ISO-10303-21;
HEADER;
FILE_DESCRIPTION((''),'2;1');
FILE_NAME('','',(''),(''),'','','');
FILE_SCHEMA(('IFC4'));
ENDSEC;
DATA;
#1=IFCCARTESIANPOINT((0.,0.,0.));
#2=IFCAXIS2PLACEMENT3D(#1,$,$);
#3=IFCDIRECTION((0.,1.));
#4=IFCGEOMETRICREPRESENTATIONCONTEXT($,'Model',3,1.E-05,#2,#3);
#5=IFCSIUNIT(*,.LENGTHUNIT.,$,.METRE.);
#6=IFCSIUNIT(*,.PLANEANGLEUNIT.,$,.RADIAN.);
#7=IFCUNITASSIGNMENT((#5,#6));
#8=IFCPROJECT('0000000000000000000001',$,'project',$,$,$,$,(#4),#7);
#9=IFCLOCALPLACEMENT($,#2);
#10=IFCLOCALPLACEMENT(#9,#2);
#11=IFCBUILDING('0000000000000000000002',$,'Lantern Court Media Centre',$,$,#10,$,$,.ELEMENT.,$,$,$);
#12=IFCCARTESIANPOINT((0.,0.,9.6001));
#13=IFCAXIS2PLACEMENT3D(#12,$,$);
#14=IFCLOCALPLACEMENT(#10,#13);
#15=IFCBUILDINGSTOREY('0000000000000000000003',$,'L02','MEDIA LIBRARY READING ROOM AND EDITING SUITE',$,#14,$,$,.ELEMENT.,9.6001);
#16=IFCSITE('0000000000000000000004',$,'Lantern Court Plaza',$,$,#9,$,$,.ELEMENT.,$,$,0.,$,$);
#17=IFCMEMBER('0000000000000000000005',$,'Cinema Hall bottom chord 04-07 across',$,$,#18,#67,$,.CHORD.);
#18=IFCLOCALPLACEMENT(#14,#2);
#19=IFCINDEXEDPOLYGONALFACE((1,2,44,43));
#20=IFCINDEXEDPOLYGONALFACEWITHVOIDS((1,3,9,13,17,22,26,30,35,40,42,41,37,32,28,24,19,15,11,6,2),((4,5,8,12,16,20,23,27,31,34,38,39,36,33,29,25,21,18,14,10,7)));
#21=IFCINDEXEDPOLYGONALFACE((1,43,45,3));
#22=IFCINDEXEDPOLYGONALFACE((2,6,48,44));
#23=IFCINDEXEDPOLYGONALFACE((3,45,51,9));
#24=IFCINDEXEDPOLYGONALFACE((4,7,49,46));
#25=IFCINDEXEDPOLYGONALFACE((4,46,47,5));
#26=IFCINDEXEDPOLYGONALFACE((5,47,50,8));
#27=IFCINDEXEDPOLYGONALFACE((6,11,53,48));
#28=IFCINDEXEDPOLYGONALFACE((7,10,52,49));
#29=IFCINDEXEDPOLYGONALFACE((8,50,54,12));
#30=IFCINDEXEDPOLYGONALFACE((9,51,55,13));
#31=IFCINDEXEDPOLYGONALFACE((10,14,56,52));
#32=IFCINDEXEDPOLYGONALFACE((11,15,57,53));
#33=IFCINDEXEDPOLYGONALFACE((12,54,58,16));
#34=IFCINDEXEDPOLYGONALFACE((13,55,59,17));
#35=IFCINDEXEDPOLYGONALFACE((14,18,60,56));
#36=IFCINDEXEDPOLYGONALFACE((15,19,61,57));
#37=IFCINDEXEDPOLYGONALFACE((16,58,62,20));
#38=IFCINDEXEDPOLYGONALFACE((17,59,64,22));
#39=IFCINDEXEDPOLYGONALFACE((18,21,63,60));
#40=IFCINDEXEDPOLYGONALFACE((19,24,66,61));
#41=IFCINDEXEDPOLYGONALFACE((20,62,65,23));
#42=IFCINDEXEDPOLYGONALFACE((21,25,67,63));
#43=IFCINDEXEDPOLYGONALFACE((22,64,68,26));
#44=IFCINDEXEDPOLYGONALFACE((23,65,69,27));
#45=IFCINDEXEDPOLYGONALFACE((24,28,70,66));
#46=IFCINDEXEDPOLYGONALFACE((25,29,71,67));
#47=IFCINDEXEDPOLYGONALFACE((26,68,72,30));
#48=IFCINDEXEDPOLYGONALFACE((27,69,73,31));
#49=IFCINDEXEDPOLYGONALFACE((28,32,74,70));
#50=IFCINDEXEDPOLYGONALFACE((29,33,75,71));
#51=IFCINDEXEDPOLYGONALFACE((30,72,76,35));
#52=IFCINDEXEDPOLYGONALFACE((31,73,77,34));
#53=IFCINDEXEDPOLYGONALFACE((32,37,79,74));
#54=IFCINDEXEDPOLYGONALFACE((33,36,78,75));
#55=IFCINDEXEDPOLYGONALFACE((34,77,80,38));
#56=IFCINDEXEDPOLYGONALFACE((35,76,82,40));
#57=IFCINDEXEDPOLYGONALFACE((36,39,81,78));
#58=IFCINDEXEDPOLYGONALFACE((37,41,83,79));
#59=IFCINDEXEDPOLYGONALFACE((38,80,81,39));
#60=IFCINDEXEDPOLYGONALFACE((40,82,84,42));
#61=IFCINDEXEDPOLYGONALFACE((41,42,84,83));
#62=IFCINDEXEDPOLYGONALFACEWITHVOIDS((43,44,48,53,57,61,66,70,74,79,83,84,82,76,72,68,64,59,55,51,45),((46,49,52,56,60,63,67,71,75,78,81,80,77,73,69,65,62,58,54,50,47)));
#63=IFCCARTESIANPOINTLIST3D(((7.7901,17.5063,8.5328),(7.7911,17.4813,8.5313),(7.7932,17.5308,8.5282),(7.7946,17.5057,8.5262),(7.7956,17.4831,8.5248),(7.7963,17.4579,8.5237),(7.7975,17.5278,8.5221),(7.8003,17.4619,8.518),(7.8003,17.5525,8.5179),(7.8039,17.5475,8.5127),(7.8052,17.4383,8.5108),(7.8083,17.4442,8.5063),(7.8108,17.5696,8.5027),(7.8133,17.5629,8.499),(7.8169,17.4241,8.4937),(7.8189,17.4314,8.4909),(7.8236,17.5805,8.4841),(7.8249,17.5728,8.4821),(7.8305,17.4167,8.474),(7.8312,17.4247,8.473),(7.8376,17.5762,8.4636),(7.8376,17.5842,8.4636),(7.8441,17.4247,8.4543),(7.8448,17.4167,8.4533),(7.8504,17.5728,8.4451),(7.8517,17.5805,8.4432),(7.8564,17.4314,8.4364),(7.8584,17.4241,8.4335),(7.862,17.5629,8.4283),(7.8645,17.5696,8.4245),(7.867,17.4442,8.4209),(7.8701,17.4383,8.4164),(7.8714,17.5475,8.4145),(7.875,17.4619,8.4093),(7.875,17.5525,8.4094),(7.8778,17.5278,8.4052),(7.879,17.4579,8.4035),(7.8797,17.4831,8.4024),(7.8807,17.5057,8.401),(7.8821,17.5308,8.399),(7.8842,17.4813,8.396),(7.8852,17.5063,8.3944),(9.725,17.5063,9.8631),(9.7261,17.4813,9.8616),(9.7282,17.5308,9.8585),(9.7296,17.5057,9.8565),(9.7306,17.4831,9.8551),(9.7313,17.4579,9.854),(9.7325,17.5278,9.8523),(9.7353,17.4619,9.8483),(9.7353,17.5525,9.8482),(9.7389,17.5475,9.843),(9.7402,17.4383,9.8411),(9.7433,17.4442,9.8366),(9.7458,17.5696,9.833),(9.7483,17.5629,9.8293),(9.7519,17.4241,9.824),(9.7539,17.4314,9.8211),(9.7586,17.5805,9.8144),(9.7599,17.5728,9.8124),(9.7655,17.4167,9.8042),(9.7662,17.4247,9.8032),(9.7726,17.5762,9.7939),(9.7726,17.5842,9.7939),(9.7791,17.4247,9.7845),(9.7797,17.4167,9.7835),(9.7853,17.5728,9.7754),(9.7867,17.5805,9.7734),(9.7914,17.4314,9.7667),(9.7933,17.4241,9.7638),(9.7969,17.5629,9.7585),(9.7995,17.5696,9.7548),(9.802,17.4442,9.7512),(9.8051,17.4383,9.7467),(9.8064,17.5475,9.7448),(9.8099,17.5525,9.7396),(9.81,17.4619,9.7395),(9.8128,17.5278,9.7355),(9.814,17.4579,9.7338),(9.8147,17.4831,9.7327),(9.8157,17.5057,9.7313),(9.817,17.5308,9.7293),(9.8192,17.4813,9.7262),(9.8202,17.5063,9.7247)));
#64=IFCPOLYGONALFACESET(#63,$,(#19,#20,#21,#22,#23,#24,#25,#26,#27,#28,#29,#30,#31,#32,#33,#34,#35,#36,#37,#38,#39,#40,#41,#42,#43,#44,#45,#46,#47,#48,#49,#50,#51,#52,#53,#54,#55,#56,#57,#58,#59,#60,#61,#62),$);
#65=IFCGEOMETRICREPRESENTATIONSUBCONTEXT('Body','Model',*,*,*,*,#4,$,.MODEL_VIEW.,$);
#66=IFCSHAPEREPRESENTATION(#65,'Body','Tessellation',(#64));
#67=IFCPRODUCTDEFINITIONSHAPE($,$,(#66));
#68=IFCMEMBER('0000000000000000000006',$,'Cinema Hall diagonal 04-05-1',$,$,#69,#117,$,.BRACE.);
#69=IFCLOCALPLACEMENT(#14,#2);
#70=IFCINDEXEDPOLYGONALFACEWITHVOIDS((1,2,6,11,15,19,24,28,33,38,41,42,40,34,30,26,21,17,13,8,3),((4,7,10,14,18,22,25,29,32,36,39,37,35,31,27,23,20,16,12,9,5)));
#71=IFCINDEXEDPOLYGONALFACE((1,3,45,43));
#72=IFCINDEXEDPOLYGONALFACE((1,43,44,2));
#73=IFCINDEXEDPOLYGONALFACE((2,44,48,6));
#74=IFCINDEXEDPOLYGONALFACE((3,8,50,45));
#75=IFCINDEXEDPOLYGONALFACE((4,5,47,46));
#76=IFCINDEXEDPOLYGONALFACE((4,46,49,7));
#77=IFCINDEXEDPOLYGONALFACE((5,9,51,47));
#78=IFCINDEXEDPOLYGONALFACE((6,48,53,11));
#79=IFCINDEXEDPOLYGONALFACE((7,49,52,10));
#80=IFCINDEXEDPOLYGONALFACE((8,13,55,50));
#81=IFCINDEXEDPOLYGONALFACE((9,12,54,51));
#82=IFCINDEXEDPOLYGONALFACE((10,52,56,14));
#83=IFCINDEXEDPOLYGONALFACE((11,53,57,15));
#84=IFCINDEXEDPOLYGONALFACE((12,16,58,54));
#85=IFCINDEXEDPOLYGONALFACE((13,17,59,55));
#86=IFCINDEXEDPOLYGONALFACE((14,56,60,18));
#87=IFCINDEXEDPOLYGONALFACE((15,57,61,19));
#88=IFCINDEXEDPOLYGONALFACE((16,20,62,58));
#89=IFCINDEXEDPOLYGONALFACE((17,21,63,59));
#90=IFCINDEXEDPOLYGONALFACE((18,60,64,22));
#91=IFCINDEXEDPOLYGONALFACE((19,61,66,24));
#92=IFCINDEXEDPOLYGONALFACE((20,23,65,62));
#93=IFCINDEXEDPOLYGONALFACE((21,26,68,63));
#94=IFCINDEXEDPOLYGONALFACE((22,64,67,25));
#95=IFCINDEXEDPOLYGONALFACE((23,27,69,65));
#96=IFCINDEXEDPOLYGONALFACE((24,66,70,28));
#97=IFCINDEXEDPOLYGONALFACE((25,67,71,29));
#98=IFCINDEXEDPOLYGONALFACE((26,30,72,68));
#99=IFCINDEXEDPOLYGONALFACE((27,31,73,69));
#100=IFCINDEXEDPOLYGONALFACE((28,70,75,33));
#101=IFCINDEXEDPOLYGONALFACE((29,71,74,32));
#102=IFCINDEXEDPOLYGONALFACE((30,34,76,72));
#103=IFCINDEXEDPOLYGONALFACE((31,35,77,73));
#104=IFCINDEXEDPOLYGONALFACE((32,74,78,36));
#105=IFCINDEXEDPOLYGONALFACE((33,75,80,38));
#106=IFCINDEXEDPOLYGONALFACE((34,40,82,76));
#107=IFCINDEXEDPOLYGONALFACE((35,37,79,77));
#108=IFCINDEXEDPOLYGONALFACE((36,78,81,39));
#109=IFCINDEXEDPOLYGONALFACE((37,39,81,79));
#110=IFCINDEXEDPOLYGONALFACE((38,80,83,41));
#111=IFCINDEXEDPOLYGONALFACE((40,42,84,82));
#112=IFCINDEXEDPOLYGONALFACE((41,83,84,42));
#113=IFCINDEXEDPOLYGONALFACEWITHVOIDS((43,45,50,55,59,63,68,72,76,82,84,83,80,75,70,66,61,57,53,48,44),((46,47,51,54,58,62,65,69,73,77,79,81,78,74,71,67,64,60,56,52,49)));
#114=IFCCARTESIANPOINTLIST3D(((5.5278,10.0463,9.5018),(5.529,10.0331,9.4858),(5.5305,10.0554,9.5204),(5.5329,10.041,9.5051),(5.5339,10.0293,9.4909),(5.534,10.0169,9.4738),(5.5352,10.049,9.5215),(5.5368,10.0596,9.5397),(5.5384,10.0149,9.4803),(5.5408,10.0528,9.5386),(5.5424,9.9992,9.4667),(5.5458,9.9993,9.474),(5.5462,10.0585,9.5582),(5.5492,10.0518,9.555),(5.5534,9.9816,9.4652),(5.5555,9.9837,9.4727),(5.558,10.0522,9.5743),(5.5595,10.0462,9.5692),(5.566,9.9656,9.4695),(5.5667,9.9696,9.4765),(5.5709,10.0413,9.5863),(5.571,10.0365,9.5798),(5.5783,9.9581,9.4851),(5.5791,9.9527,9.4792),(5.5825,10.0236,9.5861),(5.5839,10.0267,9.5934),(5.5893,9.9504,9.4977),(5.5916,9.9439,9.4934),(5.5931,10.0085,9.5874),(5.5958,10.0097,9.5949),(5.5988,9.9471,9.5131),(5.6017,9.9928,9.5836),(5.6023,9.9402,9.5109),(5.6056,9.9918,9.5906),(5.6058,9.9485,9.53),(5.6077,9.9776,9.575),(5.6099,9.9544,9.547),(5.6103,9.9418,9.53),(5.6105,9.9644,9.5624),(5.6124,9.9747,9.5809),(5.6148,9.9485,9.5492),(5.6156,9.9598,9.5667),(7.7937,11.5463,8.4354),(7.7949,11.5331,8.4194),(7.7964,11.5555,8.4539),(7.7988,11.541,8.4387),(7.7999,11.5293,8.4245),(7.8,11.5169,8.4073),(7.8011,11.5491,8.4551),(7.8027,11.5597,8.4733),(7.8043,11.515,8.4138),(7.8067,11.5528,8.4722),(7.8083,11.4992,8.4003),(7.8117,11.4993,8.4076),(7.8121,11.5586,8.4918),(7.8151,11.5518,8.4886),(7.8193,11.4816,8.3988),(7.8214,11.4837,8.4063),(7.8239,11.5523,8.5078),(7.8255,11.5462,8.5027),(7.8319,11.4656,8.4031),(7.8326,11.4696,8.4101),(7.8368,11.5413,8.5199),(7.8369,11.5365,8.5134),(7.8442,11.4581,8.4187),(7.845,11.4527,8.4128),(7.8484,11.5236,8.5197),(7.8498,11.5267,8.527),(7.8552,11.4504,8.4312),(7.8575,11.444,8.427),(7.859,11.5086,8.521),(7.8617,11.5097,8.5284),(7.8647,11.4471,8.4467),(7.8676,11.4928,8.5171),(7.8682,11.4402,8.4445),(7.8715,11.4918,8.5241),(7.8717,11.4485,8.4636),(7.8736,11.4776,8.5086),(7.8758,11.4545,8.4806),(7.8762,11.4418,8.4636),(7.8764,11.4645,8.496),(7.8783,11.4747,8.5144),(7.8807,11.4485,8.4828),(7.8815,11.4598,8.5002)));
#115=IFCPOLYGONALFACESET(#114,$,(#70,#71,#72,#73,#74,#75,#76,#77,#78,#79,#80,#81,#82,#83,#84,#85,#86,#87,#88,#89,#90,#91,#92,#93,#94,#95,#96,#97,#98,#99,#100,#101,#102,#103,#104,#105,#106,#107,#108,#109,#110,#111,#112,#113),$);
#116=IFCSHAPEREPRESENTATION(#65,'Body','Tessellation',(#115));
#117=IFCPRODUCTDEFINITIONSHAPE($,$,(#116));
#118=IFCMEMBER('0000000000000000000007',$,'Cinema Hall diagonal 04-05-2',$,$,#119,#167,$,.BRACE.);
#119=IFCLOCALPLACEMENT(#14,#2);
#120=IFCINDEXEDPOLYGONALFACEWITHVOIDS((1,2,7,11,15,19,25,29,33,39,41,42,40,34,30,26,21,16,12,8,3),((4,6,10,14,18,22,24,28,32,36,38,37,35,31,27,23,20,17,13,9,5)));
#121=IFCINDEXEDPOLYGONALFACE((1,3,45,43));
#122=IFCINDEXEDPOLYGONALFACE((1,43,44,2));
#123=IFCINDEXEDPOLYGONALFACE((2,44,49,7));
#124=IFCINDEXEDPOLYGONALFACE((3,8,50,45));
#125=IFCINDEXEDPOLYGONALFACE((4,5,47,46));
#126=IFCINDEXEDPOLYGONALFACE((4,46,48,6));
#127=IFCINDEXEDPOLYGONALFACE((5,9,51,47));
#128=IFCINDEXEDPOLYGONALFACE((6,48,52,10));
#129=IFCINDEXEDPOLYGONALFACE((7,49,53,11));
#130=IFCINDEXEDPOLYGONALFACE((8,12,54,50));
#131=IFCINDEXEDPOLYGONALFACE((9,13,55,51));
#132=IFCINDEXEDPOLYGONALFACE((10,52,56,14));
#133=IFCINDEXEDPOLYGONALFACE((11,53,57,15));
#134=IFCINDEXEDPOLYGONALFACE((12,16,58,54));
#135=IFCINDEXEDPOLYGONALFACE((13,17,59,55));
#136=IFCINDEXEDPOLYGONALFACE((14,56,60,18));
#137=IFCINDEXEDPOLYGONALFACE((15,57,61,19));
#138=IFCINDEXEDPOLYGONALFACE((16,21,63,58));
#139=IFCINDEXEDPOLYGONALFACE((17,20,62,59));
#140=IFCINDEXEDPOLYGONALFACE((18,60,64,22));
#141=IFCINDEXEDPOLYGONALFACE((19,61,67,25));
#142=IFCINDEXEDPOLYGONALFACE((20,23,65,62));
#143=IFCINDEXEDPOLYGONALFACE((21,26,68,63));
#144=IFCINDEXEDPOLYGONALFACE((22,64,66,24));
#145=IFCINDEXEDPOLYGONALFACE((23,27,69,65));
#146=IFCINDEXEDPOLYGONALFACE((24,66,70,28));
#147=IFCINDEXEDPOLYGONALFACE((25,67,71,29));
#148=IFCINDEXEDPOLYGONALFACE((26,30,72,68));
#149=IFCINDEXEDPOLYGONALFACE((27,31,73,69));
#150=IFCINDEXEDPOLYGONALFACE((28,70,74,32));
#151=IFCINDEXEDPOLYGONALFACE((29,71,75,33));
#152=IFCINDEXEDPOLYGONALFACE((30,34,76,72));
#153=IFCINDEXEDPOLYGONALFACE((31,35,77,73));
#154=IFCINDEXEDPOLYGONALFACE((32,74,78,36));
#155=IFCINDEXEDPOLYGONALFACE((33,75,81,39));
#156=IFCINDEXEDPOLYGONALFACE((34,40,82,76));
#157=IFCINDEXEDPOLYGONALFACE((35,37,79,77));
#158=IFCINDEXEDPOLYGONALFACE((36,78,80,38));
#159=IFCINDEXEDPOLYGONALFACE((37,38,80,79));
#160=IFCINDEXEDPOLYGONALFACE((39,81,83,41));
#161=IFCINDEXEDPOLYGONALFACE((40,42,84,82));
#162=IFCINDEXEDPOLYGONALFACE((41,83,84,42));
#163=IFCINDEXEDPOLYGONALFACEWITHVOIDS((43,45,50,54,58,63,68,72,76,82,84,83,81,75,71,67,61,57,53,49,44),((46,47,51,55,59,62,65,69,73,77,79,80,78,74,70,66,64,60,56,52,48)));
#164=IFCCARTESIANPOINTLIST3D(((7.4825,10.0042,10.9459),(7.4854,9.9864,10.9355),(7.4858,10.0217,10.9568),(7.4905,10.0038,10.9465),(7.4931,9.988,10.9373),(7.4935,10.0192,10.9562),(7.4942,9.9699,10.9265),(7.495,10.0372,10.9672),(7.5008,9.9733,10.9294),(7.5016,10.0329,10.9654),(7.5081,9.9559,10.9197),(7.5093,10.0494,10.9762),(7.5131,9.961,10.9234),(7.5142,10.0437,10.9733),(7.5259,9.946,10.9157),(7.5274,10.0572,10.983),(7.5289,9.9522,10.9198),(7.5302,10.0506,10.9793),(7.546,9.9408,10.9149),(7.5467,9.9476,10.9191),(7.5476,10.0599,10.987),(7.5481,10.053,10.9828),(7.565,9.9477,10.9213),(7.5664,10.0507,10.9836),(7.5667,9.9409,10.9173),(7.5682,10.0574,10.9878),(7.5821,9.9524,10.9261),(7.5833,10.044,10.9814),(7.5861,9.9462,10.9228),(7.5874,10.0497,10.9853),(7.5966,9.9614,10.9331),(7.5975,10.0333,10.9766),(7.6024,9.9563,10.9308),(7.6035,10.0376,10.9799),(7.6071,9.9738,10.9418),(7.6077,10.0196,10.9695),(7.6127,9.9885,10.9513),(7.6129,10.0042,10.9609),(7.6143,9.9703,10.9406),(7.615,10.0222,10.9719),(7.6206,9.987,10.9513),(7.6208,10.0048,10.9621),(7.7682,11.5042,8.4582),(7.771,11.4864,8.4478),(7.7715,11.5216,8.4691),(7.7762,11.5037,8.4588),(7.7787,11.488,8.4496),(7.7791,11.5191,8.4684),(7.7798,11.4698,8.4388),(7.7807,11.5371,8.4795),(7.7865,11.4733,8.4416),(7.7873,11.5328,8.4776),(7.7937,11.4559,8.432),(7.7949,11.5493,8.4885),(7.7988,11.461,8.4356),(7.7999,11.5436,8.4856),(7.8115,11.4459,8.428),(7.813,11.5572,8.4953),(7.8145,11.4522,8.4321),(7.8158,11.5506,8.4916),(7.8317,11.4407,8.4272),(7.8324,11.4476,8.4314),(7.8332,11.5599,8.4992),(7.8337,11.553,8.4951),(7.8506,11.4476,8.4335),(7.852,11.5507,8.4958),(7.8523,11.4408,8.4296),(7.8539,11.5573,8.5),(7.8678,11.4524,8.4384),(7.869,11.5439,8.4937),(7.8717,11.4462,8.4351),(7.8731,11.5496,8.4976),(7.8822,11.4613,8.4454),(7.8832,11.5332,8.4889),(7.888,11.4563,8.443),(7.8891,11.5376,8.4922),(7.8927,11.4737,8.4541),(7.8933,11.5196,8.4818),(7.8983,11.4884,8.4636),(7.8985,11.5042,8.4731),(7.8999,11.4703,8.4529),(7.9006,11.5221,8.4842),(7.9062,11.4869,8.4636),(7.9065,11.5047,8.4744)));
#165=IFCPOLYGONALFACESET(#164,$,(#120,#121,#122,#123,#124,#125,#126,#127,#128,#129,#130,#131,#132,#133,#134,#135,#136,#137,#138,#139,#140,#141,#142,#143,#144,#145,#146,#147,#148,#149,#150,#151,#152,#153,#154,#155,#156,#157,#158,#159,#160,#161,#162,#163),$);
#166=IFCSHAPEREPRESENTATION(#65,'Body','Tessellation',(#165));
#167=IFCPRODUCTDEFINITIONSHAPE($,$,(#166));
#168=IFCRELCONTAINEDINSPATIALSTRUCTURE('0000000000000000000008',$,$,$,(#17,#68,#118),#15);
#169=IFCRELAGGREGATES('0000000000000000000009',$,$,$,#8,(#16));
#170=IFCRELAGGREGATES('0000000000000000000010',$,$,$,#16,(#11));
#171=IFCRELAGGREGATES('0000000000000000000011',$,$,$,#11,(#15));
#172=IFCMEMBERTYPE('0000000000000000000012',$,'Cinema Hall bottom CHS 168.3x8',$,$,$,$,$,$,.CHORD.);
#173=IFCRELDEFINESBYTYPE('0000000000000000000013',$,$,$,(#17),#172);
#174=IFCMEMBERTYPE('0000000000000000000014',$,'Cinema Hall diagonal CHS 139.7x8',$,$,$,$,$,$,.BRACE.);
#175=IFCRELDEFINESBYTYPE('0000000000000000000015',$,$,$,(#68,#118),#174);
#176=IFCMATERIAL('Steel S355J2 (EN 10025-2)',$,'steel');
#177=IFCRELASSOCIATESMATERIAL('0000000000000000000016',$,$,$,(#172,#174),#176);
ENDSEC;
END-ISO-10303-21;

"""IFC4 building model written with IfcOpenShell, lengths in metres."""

from ifc_helpers import new_model, si_unit, direction, frame, origin, origin_2d, place, context, subcontext, project, spatial, hollow_circle, extrude, material, material_profile, profile_set, type_object, element, save


model = new_model("IFC4")

# Units and contexts
model_context = context("Model", 3, precision=1e-05, world=origin(), true_north=direction((0.0, 1.0)))
body_context = subcontext(model_context, "Body", "Model", "MODEL_VIEW")
ifc_project = project(units=[si_unit("LENGTHUNIT", "METRE"), si_unit("PLANEANGLEUNIT", "RADIAN")], contexts=[model_context])

# Site, building, storey
site_placement = place(None, origin())
site = spatial("IfcSite", under=ifc_project, at=site_placement, Name="Lantern Court Plaza", CompositionType="ELEMENT", RefElevation=0.0)
building_placement = place(site_placement, origin())
building = spatial("IfcBuilding", under=site, at=building_placement, Name="Lantern Court Media Centre", CompositionType="ELEMENT")
storey_placement = place(building_placement, frame((0.0, 0.0, 9.6001)))
storey = spatial("IfcBuildingStorey", under=building, at=storey_placement, Name="L02", Description="MEDIA LIBRARY READING ROOM AND EDITING SUITE", CompositionType="ELEMENT", Elevation=9.6001)

# Members
ifc_material_1 = material(Name="Steel S355J2 (EN 10025-2)", Category="steel")
ifc_material_profile_1 = material_profile(ifc_material_1, hollow_circle(Radius=0.0842, WallThickness=0.0081, at=origin_2d()), Name="Cinema Hall bottom CHS 168.3x8")
ifc_profile_set_1 = profile_set([ifc_material_profile_1], Name="Steel S355J2 (EN 10025-2)")
member_type_1 = type_object("IfcMemberType", Name="Cinema Hall bottom CHS 168.3x8", PredefinedType="CHORD", material=ifc_profile_set_1)
for number, where, z_axis, x_axis, name in (
    (1, (7.8376, 17.5, 8.4636), (0.824048, 0.0, 0.56652), (0.0, 1.0, 0.0), "Cinema Hall bottom chord 04-07 across"),
):
    element("IfcMember", number, at=place(storey_placement, frame(where, z_axis=z_axis, x_axis=x_axis)), inside=storey, type_object=member_type_1, Name=name, PredefinedType="CHORD", context=body_context, shape_type="SweptSolid", body=[
        extrude(hollow_circle(Radius=0.0842, WallThickness=0.0081, at=origin_2d()), origin(), (0.0, 0.0, 1.0), 2.3481),
    ])
ifc_material_profile_2 = material_profile(ifc_material_1, hollow_circle(Radius=0.0698, WallThickness=0.0081, at=origin_2d()), Name="Cinema Hall diagonal CHS 139.7x8")
ifc_profile_set_2 = profile_set([ifc_material_profile_2], Name="Steel S355J2 (EN 10025-2)")
member_type_2 = type_object("IfcMemberType", Name="Cinema Hall diagonal CHS 139.7x8", PredefinedType="BRACE", material=ifc_profile_set_2)
member_1_placement = place(storey_placement, frame((7.8376, 11.5, 8.4636), z_axis=(-0.776211, -0.51385, 0.365315), x_axis=(0.552002, -0.833843, 0.0)))
element("IfcMember", 2, at=member_1_placement, inside=storey, type_object=member_type_2, Name="Cinema Hall diagonal 04-05-1", PredefinedType="BRACE", context=body_context, shape_type="SweptSolid", body=[
    extrude(hollow_circle(Radius=0.0698, WallThickness=0.0081, at=origin_2d()), origin(), (0.0, 0.0, 1.0), 2.9192),
])
for number, where, z_axis, x_axis, name in (
    (3, (7.8376, 11.5, 8.4636), (-0.097856, -0.51387, 0.852268), (0.982347, -0.187068, 0.0), "Cinema Hall diagonal 04-05-2"),
):
    element("IfcMember", number, at=place(storey_placement, frame(where, z_axis=z_axis, x_axis=x_axis)), inside=storey, type_object=member_type_2, Name=name, PredefinedType="BRACE", context=body_context, shape_type="SweptSolid", body=[
        extrude(hollow_circle(Radius=0.0698, WallThickness=0.0081, at=origin_2d()), origin(), (0.0, 0.0, 1.0), 2.9189),
    ])

save(model, "model.ifc")
